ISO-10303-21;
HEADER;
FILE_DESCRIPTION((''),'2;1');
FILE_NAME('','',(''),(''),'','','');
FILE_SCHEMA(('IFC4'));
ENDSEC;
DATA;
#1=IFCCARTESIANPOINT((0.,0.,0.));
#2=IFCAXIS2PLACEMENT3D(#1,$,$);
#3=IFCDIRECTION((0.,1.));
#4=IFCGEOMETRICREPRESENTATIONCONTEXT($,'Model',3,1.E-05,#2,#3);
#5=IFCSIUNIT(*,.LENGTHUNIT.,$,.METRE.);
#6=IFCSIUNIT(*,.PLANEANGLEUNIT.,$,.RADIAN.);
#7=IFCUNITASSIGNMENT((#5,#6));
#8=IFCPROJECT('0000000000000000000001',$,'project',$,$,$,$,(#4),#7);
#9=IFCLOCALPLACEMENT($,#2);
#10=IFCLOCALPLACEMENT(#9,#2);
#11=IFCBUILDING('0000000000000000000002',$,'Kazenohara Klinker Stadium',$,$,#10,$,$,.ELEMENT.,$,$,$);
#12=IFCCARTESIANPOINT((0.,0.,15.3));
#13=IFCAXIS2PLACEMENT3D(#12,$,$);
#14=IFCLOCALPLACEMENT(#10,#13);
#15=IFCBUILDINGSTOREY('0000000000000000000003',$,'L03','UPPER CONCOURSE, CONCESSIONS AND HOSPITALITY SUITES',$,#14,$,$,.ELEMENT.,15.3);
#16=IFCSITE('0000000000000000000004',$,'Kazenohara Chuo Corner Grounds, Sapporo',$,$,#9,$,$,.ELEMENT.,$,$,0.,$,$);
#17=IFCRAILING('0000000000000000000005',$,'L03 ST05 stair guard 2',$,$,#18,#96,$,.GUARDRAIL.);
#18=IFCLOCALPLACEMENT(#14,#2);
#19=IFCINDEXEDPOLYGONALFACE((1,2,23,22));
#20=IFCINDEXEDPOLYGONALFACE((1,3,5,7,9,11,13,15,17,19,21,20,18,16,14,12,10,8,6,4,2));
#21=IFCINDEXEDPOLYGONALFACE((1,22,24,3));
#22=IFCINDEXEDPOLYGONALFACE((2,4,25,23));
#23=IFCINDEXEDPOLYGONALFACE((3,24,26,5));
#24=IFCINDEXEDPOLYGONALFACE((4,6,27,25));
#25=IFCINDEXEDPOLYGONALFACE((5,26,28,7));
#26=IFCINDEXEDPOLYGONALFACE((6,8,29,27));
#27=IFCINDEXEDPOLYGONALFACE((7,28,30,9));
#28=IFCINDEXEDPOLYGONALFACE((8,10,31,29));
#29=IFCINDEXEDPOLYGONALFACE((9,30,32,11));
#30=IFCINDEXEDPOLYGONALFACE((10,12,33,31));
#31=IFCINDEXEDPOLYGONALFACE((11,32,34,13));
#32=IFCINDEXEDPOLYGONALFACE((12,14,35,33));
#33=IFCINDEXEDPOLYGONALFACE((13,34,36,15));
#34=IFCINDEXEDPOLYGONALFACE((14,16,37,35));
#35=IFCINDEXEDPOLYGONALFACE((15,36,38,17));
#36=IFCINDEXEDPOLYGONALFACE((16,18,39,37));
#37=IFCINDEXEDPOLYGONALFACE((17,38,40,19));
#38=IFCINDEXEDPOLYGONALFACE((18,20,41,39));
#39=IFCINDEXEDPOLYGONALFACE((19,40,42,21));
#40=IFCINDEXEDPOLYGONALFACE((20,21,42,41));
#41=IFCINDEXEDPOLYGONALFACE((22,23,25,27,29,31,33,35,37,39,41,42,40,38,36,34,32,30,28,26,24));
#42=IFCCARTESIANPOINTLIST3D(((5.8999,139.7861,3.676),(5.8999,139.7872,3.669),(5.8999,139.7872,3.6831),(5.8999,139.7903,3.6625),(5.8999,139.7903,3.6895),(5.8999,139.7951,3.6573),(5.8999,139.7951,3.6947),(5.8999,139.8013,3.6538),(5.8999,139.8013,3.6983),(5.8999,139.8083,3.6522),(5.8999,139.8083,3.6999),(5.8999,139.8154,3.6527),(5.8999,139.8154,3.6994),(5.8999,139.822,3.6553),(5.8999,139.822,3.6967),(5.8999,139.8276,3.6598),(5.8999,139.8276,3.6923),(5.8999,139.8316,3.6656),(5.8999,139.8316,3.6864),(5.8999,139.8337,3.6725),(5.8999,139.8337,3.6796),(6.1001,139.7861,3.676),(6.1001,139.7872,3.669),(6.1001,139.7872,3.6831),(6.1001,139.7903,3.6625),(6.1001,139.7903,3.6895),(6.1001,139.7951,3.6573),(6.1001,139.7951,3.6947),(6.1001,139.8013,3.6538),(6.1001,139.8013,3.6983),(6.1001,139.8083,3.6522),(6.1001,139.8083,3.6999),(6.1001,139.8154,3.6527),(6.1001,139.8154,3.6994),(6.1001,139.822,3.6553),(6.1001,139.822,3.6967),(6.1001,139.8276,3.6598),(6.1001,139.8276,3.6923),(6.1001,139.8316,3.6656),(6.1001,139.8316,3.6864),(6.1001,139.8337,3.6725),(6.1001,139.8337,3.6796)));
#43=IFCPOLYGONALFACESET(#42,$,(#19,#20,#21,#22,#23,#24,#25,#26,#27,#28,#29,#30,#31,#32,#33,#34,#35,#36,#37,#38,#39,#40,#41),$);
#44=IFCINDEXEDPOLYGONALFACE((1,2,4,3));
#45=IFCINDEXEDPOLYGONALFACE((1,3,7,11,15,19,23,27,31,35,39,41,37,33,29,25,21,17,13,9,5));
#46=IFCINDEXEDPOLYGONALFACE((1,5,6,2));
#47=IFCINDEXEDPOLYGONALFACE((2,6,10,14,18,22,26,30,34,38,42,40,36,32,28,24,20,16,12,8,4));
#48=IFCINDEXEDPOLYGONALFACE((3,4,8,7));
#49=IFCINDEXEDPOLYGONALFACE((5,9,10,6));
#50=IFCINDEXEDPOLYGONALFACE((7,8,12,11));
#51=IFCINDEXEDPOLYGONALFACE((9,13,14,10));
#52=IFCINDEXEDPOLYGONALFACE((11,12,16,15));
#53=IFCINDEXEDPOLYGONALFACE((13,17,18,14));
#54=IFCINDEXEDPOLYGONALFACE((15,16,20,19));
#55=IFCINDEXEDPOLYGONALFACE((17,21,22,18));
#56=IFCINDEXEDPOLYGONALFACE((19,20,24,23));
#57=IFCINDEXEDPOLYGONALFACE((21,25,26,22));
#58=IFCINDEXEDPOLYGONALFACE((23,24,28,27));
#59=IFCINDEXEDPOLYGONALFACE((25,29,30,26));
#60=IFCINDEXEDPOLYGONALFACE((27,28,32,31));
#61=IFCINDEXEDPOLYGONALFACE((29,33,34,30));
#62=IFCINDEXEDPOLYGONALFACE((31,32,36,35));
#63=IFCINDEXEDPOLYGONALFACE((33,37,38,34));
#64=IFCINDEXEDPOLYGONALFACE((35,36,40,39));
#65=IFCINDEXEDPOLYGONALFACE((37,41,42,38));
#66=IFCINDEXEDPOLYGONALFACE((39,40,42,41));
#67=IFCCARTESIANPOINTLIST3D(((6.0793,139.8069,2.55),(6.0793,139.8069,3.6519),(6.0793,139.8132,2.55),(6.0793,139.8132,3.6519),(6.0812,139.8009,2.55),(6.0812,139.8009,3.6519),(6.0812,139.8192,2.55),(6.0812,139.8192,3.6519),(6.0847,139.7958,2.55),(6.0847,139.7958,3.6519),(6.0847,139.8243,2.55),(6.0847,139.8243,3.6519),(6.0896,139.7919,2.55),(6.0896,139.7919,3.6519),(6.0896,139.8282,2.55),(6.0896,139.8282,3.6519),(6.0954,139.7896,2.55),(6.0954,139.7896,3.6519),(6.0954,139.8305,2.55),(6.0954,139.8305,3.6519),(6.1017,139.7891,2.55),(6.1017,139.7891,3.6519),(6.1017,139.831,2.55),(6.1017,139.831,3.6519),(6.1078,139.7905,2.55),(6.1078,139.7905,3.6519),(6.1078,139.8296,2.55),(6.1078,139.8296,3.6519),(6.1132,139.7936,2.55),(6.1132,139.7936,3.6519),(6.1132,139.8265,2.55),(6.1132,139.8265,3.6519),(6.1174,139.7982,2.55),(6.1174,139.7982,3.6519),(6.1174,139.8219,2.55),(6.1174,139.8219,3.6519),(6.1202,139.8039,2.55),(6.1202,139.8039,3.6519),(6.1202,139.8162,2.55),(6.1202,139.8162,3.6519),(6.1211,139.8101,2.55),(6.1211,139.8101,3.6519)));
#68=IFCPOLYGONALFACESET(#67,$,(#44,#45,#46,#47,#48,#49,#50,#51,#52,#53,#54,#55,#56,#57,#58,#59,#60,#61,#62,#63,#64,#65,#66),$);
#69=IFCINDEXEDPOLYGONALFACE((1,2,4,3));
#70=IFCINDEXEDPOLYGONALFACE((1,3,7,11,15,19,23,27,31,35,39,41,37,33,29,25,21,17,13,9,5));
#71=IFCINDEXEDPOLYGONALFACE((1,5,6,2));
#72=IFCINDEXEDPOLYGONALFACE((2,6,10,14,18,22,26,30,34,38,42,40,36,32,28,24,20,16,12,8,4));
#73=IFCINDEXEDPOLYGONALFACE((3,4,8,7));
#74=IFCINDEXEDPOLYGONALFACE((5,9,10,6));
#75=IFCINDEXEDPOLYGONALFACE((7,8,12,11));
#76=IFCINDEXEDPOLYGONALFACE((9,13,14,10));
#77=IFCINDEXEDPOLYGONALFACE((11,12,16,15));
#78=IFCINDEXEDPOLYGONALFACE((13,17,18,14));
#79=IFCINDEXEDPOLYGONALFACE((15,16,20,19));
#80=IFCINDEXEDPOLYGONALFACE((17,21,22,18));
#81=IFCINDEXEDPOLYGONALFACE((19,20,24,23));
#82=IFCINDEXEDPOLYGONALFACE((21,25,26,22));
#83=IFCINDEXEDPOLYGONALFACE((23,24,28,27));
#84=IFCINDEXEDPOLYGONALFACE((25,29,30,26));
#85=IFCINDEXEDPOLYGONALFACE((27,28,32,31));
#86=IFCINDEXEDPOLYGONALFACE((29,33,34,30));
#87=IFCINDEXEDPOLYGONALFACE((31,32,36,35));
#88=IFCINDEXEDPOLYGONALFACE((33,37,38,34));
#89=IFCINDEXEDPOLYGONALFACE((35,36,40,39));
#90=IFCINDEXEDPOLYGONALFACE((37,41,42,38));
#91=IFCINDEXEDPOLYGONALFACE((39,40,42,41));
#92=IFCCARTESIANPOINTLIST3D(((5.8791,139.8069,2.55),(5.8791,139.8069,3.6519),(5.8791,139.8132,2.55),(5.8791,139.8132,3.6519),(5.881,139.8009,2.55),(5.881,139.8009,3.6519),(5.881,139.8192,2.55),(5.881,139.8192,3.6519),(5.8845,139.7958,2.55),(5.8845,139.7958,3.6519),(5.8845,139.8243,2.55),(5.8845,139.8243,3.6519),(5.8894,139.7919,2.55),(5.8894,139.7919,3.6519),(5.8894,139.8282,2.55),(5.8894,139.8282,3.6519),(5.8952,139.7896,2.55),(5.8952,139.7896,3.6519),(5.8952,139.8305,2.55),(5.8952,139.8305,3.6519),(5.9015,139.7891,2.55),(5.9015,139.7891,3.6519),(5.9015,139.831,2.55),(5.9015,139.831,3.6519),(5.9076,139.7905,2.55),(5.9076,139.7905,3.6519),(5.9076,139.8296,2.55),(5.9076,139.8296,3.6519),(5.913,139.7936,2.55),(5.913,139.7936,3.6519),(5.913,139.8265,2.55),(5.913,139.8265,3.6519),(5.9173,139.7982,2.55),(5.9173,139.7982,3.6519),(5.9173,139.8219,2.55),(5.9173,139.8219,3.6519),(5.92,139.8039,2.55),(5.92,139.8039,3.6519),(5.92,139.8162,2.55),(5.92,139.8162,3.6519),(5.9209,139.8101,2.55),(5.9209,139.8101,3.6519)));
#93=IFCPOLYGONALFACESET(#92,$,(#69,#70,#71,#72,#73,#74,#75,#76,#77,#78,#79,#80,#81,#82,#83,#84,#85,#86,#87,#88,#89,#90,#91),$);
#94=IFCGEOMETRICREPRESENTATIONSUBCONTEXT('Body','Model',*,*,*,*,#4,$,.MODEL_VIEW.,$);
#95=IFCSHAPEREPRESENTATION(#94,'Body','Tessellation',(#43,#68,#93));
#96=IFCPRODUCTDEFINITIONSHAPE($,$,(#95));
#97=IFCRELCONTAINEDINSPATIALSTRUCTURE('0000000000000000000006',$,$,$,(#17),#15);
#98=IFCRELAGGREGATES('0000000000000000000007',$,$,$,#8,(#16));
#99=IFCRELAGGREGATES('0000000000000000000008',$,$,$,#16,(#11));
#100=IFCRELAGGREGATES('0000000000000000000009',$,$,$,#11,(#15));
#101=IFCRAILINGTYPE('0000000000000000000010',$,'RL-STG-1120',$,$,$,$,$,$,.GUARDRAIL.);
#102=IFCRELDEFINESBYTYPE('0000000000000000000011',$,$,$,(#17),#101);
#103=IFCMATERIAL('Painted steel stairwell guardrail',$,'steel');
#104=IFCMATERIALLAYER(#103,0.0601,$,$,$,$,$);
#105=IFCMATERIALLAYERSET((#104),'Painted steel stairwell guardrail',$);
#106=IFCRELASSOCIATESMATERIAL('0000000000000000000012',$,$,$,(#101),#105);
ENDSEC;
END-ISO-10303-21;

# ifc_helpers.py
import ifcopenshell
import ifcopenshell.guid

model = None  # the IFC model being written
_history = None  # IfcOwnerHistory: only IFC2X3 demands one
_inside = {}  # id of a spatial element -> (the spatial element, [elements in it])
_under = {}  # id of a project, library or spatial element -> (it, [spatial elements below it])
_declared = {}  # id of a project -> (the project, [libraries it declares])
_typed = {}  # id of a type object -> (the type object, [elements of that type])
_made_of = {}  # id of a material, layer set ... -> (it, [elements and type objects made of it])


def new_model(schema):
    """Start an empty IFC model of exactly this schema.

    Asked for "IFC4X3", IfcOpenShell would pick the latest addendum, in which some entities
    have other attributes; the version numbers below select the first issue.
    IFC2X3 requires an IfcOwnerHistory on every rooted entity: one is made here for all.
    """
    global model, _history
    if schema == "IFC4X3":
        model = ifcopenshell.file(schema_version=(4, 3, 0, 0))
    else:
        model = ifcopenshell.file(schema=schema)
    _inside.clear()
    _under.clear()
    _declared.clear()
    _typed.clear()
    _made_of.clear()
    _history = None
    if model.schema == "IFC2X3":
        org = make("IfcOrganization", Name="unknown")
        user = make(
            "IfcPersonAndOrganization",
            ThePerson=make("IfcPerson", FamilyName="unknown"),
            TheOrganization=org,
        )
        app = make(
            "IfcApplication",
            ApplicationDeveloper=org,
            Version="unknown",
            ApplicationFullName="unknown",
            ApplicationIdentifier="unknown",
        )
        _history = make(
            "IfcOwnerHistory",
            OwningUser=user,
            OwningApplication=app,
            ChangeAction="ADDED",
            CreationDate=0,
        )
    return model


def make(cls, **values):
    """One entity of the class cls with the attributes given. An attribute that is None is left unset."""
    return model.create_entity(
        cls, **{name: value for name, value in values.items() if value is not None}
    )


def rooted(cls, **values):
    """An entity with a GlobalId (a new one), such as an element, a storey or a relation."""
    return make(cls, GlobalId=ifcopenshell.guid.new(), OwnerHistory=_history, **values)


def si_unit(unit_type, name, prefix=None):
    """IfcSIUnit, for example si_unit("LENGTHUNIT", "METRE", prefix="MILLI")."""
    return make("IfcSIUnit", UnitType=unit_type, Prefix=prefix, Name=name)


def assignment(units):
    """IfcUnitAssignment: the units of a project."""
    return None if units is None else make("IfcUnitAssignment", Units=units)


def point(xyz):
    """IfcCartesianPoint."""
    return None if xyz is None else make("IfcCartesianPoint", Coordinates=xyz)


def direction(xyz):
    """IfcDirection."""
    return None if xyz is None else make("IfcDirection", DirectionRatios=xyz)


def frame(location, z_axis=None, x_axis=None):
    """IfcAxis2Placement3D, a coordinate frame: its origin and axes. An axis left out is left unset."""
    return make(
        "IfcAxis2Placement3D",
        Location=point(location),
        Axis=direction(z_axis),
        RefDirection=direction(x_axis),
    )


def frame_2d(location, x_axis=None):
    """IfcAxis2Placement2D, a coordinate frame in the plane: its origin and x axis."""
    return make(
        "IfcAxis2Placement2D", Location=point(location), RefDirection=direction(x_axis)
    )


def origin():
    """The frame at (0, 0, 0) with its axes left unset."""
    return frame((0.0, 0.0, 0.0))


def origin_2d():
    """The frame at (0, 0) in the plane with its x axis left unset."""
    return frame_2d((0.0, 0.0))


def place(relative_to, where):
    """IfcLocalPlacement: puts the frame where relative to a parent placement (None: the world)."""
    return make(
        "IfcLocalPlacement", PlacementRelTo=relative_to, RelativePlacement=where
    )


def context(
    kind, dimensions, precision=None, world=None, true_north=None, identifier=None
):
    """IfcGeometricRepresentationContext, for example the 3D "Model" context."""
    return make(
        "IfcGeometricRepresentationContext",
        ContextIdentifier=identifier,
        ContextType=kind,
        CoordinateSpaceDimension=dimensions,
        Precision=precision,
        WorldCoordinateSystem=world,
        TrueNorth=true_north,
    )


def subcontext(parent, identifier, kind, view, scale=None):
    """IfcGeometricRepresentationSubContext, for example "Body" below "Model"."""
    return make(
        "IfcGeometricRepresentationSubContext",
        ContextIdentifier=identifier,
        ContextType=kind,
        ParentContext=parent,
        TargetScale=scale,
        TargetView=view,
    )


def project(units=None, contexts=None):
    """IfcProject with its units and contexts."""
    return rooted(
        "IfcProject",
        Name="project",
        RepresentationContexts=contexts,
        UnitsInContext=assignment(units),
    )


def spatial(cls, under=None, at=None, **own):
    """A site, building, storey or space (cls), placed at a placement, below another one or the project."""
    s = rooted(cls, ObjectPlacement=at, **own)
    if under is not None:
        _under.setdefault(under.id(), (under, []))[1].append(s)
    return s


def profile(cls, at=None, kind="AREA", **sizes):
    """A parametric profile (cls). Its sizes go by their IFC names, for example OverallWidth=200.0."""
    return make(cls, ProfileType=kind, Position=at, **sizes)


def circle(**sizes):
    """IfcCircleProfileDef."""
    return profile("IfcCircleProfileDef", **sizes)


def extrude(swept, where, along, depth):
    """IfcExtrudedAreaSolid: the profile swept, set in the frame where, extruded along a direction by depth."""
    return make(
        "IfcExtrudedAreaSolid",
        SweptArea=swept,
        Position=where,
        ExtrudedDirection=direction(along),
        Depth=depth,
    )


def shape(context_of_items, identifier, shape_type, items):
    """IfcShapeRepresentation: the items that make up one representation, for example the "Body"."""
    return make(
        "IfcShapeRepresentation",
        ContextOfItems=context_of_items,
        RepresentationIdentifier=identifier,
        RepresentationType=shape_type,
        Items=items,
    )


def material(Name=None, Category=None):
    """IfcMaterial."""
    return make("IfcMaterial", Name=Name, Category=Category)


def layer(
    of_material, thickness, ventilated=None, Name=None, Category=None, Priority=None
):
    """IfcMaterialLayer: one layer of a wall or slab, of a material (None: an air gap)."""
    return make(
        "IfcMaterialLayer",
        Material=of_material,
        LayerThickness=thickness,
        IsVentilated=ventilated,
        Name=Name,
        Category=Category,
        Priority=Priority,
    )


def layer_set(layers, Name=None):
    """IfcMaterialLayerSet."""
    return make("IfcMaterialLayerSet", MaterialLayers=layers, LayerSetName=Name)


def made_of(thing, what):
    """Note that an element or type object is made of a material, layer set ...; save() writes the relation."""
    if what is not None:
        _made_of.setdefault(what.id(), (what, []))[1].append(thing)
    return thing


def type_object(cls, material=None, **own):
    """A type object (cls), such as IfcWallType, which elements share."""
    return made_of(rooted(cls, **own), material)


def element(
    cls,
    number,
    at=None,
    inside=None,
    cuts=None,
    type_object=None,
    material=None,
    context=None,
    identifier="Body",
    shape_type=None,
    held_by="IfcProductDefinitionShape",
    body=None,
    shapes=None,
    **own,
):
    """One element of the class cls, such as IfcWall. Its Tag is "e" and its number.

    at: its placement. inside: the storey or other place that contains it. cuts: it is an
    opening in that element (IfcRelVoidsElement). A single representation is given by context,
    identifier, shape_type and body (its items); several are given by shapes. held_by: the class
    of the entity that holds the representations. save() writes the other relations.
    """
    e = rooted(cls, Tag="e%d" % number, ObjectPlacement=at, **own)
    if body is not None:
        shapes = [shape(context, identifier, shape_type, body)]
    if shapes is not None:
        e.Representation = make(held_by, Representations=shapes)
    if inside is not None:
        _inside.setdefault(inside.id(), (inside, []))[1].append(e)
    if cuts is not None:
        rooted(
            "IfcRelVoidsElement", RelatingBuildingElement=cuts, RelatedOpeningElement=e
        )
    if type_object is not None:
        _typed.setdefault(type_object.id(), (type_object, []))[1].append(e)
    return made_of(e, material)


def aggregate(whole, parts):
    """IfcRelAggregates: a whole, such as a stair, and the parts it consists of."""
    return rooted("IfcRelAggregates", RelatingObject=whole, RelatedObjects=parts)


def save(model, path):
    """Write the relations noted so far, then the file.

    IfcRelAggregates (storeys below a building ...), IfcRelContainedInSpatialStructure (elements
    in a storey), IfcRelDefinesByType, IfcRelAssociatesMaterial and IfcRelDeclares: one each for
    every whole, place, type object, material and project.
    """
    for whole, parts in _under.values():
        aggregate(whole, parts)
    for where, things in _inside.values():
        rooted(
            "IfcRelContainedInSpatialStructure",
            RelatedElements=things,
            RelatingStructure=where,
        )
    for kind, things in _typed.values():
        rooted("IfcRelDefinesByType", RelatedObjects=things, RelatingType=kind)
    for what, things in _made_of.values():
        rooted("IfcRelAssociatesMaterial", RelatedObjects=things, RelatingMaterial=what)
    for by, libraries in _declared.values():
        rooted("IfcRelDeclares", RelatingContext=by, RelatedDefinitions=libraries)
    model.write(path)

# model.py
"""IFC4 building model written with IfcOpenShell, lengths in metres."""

from ifc_helpers import new_model, si_unit, direction, frame, origin, origin_2d, place, context, subcontext, project, spatial, circle, extrude, material, layer, layer_set, type_object, element, save


model = new_model("IFC4")

# Units and contexts
model_context = context("Model", 3, precision=1e-05, world=origin(), true_north=direction((0.0, 1.0)))
body_context = subcontext(model_context, "Body", "Model", "MODEL_VIEW")
ifc_project = project(units=[si_unit("LENGTHUNIT", "METRE"), si_unit("PLANEANGLEUNIT", "RADIAN")], contexts=[model_context])

# Site, building, storey
site_placement = place(None, origin())
site = spatial("IfcSite", under=ifc_project, at=site_placement, Name="Kazenohara Chuo Corner Grounds, Sapporo", CompositionType="ELEMENT", RefElevation=0.0)
building_placement = place(site_placement, origin())
building = spatial("IfcBuilding", under=site, at=building_placement, Name="Kazenohara Klinker Stadium", CompositionType="ELEMENT")
storey_placement = place(building_placement, frame((0.0, 0.0, 15.3)))
storey = spatial("IfcBuildingStorey", under=building, at=storey_placement, Name="L03", Description="UPPER CONCOURSE, CONCESSIONS AND HOSPITALITY SUITES", CompositionType="ELEMENT", Elevation=15.3)

# Railing
ifc_material_1 = material(Name="Painted steel stairwell guardrail", Category="steel")
ifc_layer_1 = layer(ifc_material_1, 0.0601)
ifc_layer_set_1 = layer_set([ifc_layer_1], Name="Painted steel stairwell guardrail")
railing_type_1 = type_object("IfcRailingType", Name="RL-STG-1120", PredefinedType="GUARDRAIL", material=ifc_layer_set_1)
railing_1_placement = place(storey_placement, frame((6.1001, 139.8101, 2.55)))
element("IfcRailing", 1, at=railing_1_placement, inside=storey, type_object=railing_type_1, Name="L03 ST05 stair guard 2", PredefinedType="GUARDRAIL", context=body_context, shape_type="SweptSolid", body=[
    extrude(circle(Radius=0.0239, at=origin_2d()), frame((0.0, 0.0, 1.126), z_axis=(-1.0, 0.0, 0.0), x_axis=(0.0, -1.0, 0.0)), (0.0, 0.0, 1.0), 0.2002),
    extrude(circle(Radius=0.021, at=origin_2d()), origin(), (0.0, 0.0, 1.0), 1.1018),
    extrude(circle(Radius=0.021, at=origin_2d()), frame((-0.2002, 0.0, 0.0)), (0.0, 0.0, 1.0), 1.1018),
])

save(model, "model.ifc")
